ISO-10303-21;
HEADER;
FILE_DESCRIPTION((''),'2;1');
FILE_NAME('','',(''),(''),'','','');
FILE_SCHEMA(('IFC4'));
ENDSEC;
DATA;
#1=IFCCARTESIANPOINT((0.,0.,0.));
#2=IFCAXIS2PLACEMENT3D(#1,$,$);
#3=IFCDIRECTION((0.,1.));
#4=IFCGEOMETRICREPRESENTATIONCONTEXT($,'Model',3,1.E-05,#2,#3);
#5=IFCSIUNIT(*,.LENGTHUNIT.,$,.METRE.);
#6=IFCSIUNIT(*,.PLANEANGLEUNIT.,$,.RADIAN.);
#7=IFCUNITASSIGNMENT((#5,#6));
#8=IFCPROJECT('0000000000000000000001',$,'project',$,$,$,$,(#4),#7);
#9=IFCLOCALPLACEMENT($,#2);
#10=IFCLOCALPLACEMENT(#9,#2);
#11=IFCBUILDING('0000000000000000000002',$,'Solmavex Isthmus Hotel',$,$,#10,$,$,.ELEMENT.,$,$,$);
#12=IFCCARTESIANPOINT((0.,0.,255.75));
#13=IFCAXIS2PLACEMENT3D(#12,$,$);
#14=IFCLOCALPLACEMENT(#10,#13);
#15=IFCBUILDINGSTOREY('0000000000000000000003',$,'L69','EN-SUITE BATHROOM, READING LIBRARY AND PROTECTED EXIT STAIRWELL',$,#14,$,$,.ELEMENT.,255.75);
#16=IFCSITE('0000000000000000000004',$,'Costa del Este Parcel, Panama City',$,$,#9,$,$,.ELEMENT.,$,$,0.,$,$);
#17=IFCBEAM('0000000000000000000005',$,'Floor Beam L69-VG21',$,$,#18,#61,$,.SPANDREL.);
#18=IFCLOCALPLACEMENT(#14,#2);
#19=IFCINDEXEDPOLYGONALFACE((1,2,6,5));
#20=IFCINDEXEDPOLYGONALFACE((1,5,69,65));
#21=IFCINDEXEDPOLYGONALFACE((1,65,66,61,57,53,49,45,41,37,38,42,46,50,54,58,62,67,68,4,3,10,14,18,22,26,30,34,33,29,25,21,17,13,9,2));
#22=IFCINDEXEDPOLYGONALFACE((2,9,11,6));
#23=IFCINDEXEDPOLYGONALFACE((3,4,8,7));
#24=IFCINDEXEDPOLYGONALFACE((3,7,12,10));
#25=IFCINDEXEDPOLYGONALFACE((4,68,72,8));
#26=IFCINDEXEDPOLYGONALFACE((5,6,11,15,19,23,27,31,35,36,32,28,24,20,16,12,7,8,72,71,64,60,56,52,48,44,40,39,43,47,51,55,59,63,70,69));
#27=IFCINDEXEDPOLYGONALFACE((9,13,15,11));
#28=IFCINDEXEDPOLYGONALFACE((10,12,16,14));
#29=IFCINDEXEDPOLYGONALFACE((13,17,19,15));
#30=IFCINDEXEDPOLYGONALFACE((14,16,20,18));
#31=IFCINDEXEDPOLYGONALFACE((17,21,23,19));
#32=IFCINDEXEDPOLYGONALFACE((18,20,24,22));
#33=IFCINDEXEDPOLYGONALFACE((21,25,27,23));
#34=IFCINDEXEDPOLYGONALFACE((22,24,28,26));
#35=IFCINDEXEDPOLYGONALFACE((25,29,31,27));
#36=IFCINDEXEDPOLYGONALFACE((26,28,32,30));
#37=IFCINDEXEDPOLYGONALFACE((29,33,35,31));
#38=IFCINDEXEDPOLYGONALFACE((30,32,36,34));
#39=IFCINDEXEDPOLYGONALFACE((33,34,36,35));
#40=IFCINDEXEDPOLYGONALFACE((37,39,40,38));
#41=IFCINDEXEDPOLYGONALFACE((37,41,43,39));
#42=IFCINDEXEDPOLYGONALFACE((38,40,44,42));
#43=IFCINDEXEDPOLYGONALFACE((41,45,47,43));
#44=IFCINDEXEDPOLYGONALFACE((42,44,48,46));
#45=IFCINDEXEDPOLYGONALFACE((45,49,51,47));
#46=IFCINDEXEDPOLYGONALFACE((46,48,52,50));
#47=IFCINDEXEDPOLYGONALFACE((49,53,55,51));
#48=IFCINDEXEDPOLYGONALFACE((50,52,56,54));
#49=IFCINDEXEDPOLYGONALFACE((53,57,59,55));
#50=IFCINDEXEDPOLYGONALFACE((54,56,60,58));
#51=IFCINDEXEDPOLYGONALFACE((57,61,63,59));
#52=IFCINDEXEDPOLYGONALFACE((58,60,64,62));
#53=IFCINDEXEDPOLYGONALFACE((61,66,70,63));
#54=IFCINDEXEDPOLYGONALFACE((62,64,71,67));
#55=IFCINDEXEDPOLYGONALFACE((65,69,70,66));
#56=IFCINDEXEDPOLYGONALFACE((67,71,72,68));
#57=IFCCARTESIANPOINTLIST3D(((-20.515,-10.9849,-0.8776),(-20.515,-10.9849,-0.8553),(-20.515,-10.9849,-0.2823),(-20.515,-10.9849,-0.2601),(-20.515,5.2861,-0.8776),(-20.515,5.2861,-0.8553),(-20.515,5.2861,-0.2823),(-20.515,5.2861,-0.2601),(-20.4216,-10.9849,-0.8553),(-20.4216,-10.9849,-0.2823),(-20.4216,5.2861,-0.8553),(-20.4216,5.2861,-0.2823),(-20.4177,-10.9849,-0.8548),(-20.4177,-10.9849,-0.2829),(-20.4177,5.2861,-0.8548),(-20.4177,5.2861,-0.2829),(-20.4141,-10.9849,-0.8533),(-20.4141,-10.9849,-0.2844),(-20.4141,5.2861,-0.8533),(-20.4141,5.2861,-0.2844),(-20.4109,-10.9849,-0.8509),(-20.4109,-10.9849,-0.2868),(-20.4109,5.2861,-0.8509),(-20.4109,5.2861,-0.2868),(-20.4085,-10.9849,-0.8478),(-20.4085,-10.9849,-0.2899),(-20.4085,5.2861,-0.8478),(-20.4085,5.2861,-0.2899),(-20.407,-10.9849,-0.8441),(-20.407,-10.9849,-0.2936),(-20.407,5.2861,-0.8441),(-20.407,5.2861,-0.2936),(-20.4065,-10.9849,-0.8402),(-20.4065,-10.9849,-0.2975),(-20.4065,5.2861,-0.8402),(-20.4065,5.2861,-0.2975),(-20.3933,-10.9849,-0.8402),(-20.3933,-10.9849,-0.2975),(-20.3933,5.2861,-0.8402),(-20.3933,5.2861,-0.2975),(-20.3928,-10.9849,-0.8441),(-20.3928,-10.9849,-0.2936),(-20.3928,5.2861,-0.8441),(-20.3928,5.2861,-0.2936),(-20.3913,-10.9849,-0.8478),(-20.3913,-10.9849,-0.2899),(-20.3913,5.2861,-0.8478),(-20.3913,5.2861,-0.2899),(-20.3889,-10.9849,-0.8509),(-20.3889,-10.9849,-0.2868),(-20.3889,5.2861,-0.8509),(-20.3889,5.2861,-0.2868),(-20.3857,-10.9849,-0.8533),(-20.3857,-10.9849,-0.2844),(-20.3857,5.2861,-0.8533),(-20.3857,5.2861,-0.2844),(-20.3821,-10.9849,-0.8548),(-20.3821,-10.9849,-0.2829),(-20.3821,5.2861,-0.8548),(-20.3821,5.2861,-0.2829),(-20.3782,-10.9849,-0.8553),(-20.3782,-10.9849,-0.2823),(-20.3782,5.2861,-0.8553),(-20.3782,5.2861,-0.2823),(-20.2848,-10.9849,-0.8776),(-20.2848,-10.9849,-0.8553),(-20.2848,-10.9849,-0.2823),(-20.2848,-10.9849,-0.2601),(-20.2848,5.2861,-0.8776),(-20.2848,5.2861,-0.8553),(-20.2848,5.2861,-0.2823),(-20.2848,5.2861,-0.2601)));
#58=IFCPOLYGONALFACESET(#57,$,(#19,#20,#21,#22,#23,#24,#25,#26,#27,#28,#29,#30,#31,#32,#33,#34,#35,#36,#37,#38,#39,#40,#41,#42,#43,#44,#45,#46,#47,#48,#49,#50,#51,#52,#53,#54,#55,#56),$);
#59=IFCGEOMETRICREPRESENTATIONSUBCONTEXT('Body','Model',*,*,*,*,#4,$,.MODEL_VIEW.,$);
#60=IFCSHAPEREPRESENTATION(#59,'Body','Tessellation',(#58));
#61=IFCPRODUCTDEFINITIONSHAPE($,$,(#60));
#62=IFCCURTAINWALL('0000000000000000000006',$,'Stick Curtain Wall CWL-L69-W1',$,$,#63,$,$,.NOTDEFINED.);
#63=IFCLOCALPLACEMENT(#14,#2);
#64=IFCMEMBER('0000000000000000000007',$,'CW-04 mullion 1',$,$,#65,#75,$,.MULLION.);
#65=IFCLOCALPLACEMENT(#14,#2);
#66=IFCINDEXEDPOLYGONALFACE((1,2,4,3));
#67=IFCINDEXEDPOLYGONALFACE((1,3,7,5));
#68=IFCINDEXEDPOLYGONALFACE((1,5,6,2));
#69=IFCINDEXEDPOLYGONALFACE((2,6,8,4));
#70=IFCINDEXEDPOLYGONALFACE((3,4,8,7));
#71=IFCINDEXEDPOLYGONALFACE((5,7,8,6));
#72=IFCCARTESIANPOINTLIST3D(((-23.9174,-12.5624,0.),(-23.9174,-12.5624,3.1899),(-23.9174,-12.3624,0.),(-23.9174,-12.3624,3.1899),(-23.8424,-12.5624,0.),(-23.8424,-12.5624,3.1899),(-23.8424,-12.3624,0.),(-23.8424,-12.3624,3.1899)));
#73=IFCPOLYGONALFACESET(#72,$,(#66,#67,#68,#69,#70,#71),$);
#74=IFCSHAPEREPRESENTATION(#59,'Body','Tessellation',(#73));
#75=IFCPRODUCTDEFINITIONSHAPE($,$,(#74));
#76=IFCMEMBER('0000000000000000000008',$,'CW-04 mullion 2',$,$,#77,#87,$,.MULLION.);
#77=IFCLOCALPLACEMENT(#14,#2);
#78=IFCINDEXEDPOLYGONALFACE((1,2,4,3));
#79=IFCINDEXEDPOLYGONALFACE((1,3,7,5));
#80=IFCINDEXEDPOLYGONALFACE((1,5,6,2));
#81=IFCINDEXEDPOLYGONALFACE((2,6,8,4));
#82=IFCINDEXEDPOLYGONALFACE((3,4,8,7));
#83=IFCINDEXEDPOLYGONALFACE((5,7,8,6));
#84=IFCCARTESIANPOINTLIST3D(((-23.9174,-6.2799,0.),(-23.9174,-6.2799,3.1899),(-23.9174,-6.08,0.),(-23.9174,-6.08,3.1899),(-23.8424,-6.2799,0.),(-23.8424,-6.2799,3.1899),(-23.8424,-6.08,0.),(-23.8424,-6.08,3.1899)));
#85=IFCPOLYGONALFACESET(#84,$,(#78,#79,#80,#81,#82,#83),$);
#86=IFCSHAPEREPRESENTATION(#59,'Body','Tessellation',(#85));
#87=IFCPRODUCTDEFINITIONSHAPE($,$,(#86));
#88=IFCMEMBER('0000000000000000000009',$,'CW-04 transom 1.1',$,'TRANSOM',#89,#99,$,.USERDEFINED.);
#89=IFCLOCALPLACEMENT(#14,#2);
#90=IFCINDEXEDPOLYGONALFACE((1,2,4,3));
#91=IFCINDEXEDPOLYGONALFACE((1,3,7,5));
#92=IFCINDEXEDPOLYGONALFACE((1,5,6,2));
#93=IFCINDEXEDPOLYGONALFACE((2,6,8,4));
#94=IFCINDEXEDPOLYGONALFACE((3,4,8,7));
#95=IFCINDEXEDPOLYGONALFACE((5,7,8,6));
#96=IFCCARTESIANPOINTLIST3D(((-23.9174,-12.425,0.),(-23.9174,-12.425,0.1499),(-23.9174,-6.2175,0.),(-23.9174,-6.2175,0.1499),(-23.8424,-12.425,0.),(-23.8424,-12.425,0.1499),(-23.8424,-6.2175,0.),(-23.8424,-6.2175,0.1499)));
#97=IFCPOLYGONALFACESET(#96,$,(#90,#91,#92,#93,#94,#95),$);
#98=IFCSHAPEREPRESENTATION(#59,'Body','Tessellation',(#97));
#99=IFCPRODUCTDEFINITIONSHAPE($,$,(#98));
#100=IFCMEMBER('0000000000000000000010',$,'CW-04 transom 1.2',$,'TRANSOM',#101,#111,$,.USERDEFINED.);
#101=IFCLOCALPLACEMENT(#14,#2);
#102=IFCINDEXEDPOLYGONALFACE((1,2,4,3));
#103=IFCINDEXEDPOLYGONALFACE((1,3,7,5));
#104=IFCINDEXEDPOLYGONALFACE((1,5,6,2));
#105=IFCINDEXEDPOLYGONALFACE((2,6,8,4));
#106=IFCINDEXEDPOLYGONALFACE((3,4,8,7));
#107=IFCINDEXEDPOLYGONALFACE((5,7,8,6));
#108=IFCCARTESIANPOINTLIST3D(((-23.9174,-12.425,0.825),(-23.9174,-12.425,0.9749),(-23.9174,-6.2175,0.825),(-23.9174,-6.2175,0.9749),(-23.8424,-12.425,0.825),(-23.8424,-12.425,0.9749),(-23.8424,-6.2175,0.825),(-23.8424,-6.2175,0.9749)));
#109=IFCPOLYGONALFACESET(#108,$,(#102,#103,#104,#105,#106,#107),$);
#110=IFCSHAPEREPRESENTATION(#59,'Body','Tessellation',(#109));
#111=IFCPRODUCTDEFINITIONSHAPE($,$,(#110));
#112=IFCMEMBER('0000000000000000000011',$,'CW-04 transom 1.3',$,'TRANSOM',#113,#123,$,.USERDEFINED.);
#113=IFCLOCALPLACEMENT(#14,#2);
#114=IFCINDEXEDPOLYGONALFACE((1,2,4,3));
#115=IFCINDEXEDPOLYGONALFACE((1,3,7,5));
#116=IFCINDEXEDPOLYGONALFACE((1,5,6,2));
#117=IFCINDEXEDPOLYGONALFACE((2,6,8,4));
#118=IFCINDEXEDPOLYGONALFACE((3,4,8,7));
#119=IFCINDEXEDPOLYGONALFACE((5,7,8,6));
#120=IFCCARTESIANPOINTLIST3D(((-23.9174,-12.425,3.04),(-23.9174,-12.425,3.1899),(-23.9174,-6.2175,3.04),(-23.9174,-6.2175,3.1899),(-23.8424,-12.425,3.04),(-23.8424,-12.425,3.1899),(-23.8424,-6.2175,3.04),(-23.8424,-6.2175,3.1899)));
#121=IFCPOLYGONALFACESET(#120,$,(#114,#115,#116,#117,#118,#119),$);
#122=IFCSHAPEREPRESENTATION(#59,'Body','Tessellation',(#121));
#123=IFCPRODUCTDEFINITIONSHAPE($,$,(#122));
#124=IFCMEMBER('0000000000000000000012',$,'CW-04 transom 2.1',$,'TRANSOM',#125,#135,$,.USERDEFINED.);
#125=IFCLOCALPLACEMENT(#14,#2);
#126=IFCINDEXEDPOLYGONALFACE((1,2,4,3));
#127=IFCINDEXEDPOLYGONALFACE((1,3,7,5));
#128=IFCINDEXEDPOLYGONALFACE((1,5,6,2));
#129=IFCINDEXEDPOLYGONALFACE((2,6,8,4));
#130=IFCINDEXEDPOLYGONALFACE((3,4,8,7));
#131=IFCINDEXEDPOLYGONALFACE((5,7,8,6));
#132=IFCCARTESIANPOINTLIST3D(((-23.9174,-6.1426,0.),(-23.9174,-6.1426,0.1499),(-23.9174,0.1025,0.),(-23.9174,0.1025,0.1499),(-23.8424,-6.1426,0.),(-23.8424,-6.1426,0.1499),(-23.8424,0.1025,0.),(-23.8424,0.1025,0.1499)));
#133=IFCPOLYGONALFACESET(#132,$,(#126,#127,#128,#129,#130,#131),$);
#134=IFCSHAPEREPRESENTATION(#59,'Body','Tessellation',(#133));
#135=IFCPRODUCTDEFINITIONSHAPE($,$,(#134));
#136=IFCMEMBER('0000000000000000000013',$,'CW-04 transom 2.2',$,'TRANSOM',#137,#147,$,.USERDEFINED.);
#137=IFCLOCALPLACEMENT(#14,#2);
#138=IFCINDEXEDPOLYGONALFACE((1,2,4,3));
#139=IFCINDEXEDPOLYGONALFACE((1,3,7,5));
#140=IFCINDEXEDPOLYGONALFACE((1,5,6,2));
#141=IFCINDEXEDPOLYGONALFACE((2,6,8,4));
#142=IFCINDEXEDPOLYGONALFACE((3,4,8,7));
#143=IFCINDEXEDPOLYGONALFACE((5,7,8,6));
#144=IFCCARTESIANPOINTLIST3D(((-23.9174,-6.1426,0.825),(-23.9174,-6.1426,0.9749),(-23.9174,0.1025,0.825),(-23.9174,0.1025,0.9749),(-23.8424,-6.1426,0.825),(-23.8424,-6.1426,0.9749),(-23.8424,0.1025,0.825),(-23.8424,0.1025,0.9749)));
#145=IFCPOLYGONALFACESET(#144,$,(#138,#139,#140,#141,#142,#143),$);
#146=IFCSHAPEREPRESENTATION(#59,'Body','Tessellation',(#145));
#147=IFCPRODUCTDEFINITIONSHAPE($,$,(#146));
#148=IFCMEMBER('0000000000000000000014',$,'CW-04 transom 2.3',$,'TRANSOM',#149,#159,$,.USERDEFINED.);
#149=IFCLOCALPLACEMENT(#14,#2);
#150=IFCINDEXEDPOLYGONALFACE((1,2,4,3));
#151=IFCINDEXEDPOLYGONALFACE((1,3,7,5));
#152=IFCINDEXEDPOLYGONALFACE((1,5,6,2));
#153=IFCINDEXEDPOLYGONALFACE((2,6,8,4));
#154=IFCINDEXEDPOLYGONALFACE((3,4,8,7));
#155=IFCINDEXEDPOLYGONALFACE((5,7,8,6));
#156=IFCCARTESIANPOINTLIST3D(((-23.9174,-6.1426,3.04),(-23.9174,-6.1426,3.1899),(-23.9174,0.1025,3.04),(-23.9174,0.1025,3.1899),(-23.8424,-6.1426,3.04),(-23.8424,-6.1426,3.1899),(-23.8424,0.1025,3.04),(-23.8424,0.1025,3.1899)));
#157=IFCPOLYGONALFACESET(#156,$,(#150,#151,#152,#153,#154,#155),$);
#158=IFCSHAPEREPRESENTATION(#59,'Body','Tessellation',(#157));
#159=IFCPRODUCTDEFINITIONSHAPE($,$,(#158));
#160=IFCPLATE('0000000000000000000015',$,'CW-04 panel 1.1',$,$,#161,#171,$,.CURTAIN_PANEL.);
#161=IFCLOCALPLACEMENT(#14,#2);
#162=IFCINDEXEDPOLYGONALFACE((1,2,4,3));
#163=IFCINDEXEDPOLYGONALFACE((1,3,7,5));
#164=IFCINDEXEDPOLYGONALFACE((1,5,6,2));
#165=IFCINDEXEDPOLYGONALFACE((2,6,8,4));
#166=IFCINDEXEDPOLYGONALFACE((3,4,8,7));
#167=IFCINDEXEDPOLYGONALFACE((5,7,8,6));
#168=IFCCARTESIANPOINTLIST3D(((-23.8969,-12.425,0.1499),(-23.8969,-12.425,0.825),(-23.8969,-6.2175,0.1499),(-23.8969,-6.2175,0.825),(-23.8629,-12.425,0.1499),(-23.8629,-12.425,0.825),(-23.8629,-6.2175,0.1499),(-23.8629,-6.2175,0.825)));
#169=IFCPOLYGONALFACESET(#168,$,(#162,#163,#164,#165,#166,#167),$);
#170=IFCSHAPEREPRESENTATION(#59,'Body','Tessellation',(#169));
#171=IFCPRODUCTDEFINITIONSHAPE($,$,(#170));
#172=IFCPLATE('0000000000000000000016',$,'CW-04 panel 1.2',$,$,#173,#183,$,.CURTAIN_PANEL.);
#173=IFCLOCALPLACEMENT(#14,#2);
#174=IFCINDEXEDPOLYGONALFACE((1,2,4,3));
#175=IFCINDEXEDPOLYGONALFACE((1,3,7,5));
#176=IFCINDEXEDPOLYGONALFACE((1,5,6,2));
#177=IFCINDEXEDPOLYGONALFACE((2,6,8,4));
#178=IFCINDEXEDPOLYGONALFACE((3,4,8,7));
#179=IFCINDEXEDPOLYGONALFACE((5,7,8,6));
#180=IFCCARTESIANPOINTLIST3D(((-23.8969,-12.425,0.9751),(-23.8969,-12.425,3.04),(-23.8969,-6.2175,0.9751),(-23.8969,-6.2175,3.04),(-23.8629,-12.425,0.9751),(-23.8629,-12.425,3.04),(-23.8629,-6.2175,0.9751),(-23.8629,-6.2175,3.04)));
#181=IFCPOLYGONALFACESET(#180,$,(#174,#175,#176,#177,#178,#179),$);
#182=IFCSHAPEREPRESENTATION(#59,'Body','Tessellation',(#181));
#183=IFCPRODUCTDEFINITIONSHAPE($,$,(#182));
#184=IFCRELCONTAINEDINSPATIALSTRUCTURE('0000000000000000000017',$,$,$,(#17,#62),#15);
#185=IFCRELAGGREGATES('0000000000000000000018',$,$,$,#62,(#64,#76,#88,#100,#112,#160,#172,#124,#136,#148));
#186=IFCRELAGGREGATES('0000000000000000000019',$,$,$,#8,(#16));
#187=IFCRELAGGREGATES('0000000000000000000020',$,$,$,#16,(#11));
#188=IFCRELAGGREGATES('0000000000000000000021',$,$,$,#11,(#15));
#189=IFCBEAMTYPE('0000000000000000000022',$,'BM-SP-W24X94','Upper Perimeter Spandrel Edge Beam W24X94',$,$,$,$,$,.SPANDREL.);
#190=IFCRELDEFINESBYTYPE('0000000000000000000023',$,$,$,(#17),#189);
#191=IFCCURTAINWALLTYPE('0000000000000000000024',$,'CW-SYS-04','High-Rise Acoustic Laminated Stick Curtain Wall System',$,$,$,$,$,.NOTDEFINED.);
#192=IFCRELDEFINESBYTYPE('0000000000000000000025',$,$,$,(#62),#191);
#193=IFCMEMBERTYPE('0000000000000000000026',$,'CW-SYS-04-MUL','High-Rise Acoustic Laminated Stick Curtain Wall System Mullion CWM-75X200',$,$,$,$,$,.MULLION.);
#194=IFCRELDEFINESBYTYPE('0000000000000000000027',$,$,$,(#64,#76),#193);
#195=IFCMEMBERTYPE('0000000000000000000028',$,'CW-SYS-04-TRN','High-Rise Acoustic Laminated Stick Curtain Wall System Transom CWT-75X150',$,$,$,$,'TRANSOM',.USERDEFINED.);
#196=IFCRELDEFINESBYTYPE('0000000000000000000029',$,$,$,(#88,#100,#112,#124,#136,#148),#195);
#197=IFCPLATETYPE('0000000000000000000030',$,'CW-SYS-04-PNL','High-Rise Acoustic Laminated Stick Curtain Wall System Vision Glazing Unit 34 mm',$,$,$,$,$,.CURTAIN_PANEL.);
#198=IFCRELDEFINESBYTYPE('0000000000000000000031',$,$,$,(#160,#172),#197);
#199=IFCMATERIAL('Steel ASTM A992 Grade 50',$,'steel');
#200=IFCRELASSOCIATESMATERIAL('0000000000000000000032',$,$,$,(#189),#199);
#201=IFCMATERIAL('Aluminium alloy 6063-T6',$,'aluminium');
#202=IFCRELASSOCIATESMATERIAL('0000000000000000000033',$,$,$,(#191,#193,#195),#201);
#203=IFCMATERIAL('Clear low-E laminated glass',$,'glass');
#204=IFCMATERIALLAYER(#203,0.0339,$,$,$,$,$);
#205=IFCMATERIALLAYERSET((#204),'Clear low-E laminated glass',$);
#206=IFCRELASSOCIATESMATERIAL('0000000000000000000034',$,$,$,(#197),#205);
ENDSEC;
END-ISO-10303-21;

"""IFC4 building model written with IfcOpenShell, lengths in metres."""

from ifc_helpers import new_model, si_unit, direction, frame, origin, origin_2d, place, context, subcontext, project, spatial, rectangle, i_section, extrude, material, layer, layer_set, material_profile, profile_set, type_object, element, aggregate, save


model = new_model("IFC4")

# Units and contexts
model_context = context("Model", 3, precision=1e-05, world=origin(), true_north=direction((0.0, 1.0)))
body_context = subcontext(model_context, "Body", "Model", "MODEL_VIEW")
ifc_project = project(units=[si_unit("LENGTHUNIT", "METRE"), si_unit("PLANEANGLEUNIT", "RADIAN")], contexts=[model_context])

# Site, building, storey
site_placement = place(None, origin())
site = spatial("IfcSite", under=ifc_project, at=site_placement, Name="Costa del Este Parcel, Panama City", CompositionType="ELEMENT", RefElevation=0.0)
building_placement = place(site_placement, origin())
building = spatial("IfcBuilding", under=site, at=building_placement, Name="Solmavex Isthmus Hotel", CompositionType="ELEMENT")
storey_placement = place(building_placement, frame((0.0, 0.0, 255.75)))
storey = spatial("IfcBuildingStorey", under=building, at=storey_placement, Name="L69", Description="EN-SUITE BATHROOM, READING LIBRARY AND PROTECTED EXIT STAIRWELL", CompositionType="ELEMENT", Elevation=255.75)

# Beam
ifc_material_1 = material(Name="Steel ASTM A992 Grade 50", Category="steel")
ifc_material_profile_1 = material_profile(ifc_material_1, i_section(OverallWidth=0.2302, OverallDepth=0.6174, WebThickness=0.0132, FlangeThickness=0.0222, FilletRadius=0.0151, at=origin_2d()), Name="W24X94")
ifc_profile_set_1 = profile_set([ifc_material_profile_1], Name="Steel ASTM A992 Grade 50")
beam_type_1 = type_object("IfcBeamType", Name="BM-SP-W24X94", Description="Upper Perimeter Spandrel Edge Beam W24X94", PredefinedType="SPANDREL", material=ifc_profile_set_1)
beam_1_placement = place(storey_placement, frame((-20.3999, -10.9849, -0.5688), z_axis=(0.0, 1.0, 0.0), x_axis=(-1.0, 0.0, 0.0)))
element("IfcBeam", 1, at=beam_1_placement, inside=storey, type_object=beam_type_1, Name="Floor Beam L69-VG21", PredefinedType="SPANDREL", context=body_context, shape_type="SweptSolid", body=[
    extrude(i_section(OverallWidth=0.2302, OverallDepth=0.6174, WebThickness=0.0132, FlangeThickness=0.0222, FilletRadius=0.0151, at=origin_2d()), origin(), (0.0, 0.0, 1.0), 16.271),
])

# Curtain wall, members, plates
ifc_material_2 = material(Name="Aluminium alloy 6063-T6", Category="aluminium")
curtain_wall_type = type_object("IfcCurtainWallType", Name="CW-SYS-04", Description="High-Rise Acoustic Laminated Stick Curtain Wall System", PredefinedType="NOTDEFINED", material=ifc_material_2)
curtain_wall_placement = place(storey_placement, origin())
curtain_wall = element("IfcCurtainWall", 2, at=curtain_wall_placement, inside=storey, type_object=curtain_wall_type, Name="Stick Curtain Wall CWL-L69-W1", PredefinedType="NOTDEFINED")
ifc_material_profile_2 = material_profile(ifc_material_2, rectangle(XDim=0.075, YDim=0.2, at=origin_2d()), Name="CWM-75X200")
ifc_profile_set_2 = profile_set([ifc_material_profile_2], Name="Aluminium alloy 6063-T6")
member_type_1 = type_object("IfcMemberType", Name="CW-SYS-04-MUL", Description="High-Rise Acoustic Laminated Stick Curtain Wall System Mullion CWM-75X200", PredefinedType="MULLION", material=ifc_profile_set_2)
member_1_placement = place(storey_placement, frame((-23.8799, -12.4624, 0.0), z_axis=(0.0, 0.0, 1.0), x_axis=(-1.0, 0.0, 0.0)))
member_1 = element("IfcMember", 3, at=member_1_placement, type_object=member_type_1, Name="CW-04 mullion 1", PredefinedType="MULLION", context=body_context, shape_type="SweptSolid", body=[
    extrude(rectangle(XDim=0.075, YDim=0.2, at=origin_2d()), origin(), (0.0, 0.0, 1.0), 3.1899),
])
member_2_placement = place(storey_placement, frame((-23.8799, -6.1799, 0.0), z_axis=(0.0, 0.0, 1.0), x_axis=(-1.0, 0.0, 0.0)))
member_2 = element("IfcMember", 4, at=member_2_placement, type_object=member_type_1, Name="CW-04 mullion 2", PredefinedType="MULLION", context=body_context, shape_type="SweptSolid", body=[
    extrude(rectangle(XDim=0.075, YDim=0.2, at=origin_2d()), origin(), (0.0, 0.0, 1.0), 3.1899),
])
ifc_material_profile_3 = material_profile(ifc_material_2, rectangle(XDim=0.075, YDim=0.1499, at=origin_2d()), Name="CWT-75X150")
ifc_profile_set_3 = profile_set([ifc_material_profile_3], Name="Aluminium alloy 6063-T6")
member_type_2 = type_object("IfcMemberType", Name="CW-SYS-04-TRN", Description="High-Rise Acoustic Laminated Stick Curtain Wall System Transom CWT-75X150", ElementType="TRANSOM", PredefinedType="USERDEFINED", material=ifc_profile_set_3)
member_3_placement = place(storey_placement, frame((-23.8799, -12.425, 0.075), z_axis=(0.0, 1.0, 0.0), x_axis=(-1.0, 0.0, 0.0)))
member_3 = element("IfcMember", 5, at=member_3_placement, type_object=member_type_2, Name="CW-04 transom 1.1", ObjectType="TRANSOM", PredefinedType="USERDEFINED", context=body_context, shape_type="SweptSolid", body=[
    extrude(rectangle(XDim=0.075, YDim=0.1499, at=origin_2d()), origin(), (0.0, 0.0, 1.0), 6.2075),
])
member_4_placement = place(storey_placement, frame((-23.8799, -12.425, 0.8999), z_axis=(0.0, 1.0, 0.0), x_axis=(-1.0, 0.0, 0.0)))
member_4 = element("IfcMember", 6, at=member_4_placement, type_object=member_type_2, Name="CW-04 transom 1.2", ObjectType="TRANSOM", PredefinedType="USERDEFINED", context=body_context, shape_type="SweptSolid", body=[
    extrude(rectangle(XDim=0.075, YDim=0.1499, at=origin_2d()), origin(), (0.0, 0.0, 1.0), 6.2075),
])
member_5_placement = place(storey_placement, frame((-23.8799, -12.425, 3.115), z_axis=(0.0, 1.0, 0.0), x_axis=(-1.0, 0.0, 0.0)))
member_5 = element("IfcMember", 7, at=member_5_placement, type_object=member_type_2, Name="CW-04 transom 1.3", ObjectType="TRANSOM", PredefinedType="USERDEFINED", context=body_context, shape_type="SweptSolid", body=[
    extrude(rectangle(XDim=0.075, YDim=0.1499, at=origin_2d()), origin(), (0.0, 0.0, 1.0), 6.2075),
])
member_6_placement = place(storey_placement, frame((-23.8799, -6.1426, 0.075), z_axis=(0.0, 1.0, 0.0), x_axis=(-1.0, 0.0, 0.0)))
member_6 = element("IfcMember", 8, at=member_6_placement, type_object=member_type_2, Name="CW-04 transom 2.1", ObjectType="TRANSOM", PredefinedType="USERDEFINED", context=body_context, shape_type="SweptSolid", body=[
    extrude(rectangle(XDim=0.075, YDim=0.1499, at=origin_2d()), origin(), (0.0, 0.0, 1.0), 6.2451),
])
member_7_placement = place(storey_placement, frame((-23.8799, -6.1426, 0.8999), z_axis=(0.0, 1.0, 0.0), x_axis=(-1.0, 0.0, 0.0)))
member_7 = element("IfcMember", 9, at=member_7_placement, type_object=member_type_2, Name="CW-04 transom 2.2", ObjectType="TRANSOM", PredefinedType="USERDEFINED", context=body_context, shape_type="SweptSolid", body=[
    extrude(rectangle(XDim=0.075, YDim=0.1499, at=origin_2d()), origin(), (0.0, 0.0, 1.0), 6.2451),
])
member_8_placement = place(storey_placement, frame((-23.8799, -6.1426, 3.115), z_axis=(0.0, 1.0, 0.0), x_axis=(-1.0, 0.0, 0.0)))
member_8 = element("IfcMember", 10, at=member_8_placement, type_object=member_type_2, Name="CW-04 transom 2.3", ObjectType="TRANSOM", PredefinedType="USERDEFINED", context=body_context, shape_type="SweptSolid", body=[
    extrude(rectangle(XDim=0.075, YDim=0.1499, at=origin_2d()), origin(), (0.0, 0.0, 1.0), 6.2451),
])
ifc_material_3 = material(Name="Clear low-E laminated glass", Category="glass")
ifc_layer_1 = layer(ifc_material_3, 0.0339)
ifc_layer_set_1 = layer_set([ifc_layer_1], Name="Clear low-E laminated glass")
plate_type = type_object("IfcPlateType", Name="CW-SYS-04-PNL", Description="High-Rise Acoustic Laminated Stick Curtain Wall System Vision Glazing Unit 34 mm", PredefinedType="CURTAIN_PANEL", material=ifc_layer_set_1)
plate_1_placement = place(storey_placement, frame((-23.8799, -9.3213, 0.1499), z_axis=(0.0, 0.0, 1.0), x_axis=(0.0, 1.0, 0.0)))
plate_1 = element("IfcPlate", 11, at=plate_1_placement, type_object=plate_type, Name="CW-04 panel 1.1", PredefinedType="CURTAIN_PANEL", context=body_context, shape_type="SweptSolid", body=[
    extrude(rectangle(XDim=6.2075, YDim=0.0339, at=origin_2d()), origin(), (0.0, 0.0, 1.0), 0.675),
])
plate_2_placement = place(storey_placement, frame((-23.8799, -9.3213, 0.9751), z_axis=(0.0, 0.0, 1.0), x_axis=(0.0, 1.0, 0.0)))
plate_2 = element("IfcPlate", 12, at=plate_2_placement, type_object=plate_type, Name="CW-04 panel 1.2", PredefinedType="CURTAIN_PANEL", context=body_context, shape_type="SweptSolid", body=[
    extrude(rectangle(XDim=6.2075, YDim=0.0339, at=origin_2d()), origin(), (0.0, 0.0, 1.0), 2.0649),
])
aggregate(curtain_wall, [member_1, member_2, member_3, member_4, member_5, plate_1, plate_2, member_6, member_7, member_8])

save(model, "model.ifc")
